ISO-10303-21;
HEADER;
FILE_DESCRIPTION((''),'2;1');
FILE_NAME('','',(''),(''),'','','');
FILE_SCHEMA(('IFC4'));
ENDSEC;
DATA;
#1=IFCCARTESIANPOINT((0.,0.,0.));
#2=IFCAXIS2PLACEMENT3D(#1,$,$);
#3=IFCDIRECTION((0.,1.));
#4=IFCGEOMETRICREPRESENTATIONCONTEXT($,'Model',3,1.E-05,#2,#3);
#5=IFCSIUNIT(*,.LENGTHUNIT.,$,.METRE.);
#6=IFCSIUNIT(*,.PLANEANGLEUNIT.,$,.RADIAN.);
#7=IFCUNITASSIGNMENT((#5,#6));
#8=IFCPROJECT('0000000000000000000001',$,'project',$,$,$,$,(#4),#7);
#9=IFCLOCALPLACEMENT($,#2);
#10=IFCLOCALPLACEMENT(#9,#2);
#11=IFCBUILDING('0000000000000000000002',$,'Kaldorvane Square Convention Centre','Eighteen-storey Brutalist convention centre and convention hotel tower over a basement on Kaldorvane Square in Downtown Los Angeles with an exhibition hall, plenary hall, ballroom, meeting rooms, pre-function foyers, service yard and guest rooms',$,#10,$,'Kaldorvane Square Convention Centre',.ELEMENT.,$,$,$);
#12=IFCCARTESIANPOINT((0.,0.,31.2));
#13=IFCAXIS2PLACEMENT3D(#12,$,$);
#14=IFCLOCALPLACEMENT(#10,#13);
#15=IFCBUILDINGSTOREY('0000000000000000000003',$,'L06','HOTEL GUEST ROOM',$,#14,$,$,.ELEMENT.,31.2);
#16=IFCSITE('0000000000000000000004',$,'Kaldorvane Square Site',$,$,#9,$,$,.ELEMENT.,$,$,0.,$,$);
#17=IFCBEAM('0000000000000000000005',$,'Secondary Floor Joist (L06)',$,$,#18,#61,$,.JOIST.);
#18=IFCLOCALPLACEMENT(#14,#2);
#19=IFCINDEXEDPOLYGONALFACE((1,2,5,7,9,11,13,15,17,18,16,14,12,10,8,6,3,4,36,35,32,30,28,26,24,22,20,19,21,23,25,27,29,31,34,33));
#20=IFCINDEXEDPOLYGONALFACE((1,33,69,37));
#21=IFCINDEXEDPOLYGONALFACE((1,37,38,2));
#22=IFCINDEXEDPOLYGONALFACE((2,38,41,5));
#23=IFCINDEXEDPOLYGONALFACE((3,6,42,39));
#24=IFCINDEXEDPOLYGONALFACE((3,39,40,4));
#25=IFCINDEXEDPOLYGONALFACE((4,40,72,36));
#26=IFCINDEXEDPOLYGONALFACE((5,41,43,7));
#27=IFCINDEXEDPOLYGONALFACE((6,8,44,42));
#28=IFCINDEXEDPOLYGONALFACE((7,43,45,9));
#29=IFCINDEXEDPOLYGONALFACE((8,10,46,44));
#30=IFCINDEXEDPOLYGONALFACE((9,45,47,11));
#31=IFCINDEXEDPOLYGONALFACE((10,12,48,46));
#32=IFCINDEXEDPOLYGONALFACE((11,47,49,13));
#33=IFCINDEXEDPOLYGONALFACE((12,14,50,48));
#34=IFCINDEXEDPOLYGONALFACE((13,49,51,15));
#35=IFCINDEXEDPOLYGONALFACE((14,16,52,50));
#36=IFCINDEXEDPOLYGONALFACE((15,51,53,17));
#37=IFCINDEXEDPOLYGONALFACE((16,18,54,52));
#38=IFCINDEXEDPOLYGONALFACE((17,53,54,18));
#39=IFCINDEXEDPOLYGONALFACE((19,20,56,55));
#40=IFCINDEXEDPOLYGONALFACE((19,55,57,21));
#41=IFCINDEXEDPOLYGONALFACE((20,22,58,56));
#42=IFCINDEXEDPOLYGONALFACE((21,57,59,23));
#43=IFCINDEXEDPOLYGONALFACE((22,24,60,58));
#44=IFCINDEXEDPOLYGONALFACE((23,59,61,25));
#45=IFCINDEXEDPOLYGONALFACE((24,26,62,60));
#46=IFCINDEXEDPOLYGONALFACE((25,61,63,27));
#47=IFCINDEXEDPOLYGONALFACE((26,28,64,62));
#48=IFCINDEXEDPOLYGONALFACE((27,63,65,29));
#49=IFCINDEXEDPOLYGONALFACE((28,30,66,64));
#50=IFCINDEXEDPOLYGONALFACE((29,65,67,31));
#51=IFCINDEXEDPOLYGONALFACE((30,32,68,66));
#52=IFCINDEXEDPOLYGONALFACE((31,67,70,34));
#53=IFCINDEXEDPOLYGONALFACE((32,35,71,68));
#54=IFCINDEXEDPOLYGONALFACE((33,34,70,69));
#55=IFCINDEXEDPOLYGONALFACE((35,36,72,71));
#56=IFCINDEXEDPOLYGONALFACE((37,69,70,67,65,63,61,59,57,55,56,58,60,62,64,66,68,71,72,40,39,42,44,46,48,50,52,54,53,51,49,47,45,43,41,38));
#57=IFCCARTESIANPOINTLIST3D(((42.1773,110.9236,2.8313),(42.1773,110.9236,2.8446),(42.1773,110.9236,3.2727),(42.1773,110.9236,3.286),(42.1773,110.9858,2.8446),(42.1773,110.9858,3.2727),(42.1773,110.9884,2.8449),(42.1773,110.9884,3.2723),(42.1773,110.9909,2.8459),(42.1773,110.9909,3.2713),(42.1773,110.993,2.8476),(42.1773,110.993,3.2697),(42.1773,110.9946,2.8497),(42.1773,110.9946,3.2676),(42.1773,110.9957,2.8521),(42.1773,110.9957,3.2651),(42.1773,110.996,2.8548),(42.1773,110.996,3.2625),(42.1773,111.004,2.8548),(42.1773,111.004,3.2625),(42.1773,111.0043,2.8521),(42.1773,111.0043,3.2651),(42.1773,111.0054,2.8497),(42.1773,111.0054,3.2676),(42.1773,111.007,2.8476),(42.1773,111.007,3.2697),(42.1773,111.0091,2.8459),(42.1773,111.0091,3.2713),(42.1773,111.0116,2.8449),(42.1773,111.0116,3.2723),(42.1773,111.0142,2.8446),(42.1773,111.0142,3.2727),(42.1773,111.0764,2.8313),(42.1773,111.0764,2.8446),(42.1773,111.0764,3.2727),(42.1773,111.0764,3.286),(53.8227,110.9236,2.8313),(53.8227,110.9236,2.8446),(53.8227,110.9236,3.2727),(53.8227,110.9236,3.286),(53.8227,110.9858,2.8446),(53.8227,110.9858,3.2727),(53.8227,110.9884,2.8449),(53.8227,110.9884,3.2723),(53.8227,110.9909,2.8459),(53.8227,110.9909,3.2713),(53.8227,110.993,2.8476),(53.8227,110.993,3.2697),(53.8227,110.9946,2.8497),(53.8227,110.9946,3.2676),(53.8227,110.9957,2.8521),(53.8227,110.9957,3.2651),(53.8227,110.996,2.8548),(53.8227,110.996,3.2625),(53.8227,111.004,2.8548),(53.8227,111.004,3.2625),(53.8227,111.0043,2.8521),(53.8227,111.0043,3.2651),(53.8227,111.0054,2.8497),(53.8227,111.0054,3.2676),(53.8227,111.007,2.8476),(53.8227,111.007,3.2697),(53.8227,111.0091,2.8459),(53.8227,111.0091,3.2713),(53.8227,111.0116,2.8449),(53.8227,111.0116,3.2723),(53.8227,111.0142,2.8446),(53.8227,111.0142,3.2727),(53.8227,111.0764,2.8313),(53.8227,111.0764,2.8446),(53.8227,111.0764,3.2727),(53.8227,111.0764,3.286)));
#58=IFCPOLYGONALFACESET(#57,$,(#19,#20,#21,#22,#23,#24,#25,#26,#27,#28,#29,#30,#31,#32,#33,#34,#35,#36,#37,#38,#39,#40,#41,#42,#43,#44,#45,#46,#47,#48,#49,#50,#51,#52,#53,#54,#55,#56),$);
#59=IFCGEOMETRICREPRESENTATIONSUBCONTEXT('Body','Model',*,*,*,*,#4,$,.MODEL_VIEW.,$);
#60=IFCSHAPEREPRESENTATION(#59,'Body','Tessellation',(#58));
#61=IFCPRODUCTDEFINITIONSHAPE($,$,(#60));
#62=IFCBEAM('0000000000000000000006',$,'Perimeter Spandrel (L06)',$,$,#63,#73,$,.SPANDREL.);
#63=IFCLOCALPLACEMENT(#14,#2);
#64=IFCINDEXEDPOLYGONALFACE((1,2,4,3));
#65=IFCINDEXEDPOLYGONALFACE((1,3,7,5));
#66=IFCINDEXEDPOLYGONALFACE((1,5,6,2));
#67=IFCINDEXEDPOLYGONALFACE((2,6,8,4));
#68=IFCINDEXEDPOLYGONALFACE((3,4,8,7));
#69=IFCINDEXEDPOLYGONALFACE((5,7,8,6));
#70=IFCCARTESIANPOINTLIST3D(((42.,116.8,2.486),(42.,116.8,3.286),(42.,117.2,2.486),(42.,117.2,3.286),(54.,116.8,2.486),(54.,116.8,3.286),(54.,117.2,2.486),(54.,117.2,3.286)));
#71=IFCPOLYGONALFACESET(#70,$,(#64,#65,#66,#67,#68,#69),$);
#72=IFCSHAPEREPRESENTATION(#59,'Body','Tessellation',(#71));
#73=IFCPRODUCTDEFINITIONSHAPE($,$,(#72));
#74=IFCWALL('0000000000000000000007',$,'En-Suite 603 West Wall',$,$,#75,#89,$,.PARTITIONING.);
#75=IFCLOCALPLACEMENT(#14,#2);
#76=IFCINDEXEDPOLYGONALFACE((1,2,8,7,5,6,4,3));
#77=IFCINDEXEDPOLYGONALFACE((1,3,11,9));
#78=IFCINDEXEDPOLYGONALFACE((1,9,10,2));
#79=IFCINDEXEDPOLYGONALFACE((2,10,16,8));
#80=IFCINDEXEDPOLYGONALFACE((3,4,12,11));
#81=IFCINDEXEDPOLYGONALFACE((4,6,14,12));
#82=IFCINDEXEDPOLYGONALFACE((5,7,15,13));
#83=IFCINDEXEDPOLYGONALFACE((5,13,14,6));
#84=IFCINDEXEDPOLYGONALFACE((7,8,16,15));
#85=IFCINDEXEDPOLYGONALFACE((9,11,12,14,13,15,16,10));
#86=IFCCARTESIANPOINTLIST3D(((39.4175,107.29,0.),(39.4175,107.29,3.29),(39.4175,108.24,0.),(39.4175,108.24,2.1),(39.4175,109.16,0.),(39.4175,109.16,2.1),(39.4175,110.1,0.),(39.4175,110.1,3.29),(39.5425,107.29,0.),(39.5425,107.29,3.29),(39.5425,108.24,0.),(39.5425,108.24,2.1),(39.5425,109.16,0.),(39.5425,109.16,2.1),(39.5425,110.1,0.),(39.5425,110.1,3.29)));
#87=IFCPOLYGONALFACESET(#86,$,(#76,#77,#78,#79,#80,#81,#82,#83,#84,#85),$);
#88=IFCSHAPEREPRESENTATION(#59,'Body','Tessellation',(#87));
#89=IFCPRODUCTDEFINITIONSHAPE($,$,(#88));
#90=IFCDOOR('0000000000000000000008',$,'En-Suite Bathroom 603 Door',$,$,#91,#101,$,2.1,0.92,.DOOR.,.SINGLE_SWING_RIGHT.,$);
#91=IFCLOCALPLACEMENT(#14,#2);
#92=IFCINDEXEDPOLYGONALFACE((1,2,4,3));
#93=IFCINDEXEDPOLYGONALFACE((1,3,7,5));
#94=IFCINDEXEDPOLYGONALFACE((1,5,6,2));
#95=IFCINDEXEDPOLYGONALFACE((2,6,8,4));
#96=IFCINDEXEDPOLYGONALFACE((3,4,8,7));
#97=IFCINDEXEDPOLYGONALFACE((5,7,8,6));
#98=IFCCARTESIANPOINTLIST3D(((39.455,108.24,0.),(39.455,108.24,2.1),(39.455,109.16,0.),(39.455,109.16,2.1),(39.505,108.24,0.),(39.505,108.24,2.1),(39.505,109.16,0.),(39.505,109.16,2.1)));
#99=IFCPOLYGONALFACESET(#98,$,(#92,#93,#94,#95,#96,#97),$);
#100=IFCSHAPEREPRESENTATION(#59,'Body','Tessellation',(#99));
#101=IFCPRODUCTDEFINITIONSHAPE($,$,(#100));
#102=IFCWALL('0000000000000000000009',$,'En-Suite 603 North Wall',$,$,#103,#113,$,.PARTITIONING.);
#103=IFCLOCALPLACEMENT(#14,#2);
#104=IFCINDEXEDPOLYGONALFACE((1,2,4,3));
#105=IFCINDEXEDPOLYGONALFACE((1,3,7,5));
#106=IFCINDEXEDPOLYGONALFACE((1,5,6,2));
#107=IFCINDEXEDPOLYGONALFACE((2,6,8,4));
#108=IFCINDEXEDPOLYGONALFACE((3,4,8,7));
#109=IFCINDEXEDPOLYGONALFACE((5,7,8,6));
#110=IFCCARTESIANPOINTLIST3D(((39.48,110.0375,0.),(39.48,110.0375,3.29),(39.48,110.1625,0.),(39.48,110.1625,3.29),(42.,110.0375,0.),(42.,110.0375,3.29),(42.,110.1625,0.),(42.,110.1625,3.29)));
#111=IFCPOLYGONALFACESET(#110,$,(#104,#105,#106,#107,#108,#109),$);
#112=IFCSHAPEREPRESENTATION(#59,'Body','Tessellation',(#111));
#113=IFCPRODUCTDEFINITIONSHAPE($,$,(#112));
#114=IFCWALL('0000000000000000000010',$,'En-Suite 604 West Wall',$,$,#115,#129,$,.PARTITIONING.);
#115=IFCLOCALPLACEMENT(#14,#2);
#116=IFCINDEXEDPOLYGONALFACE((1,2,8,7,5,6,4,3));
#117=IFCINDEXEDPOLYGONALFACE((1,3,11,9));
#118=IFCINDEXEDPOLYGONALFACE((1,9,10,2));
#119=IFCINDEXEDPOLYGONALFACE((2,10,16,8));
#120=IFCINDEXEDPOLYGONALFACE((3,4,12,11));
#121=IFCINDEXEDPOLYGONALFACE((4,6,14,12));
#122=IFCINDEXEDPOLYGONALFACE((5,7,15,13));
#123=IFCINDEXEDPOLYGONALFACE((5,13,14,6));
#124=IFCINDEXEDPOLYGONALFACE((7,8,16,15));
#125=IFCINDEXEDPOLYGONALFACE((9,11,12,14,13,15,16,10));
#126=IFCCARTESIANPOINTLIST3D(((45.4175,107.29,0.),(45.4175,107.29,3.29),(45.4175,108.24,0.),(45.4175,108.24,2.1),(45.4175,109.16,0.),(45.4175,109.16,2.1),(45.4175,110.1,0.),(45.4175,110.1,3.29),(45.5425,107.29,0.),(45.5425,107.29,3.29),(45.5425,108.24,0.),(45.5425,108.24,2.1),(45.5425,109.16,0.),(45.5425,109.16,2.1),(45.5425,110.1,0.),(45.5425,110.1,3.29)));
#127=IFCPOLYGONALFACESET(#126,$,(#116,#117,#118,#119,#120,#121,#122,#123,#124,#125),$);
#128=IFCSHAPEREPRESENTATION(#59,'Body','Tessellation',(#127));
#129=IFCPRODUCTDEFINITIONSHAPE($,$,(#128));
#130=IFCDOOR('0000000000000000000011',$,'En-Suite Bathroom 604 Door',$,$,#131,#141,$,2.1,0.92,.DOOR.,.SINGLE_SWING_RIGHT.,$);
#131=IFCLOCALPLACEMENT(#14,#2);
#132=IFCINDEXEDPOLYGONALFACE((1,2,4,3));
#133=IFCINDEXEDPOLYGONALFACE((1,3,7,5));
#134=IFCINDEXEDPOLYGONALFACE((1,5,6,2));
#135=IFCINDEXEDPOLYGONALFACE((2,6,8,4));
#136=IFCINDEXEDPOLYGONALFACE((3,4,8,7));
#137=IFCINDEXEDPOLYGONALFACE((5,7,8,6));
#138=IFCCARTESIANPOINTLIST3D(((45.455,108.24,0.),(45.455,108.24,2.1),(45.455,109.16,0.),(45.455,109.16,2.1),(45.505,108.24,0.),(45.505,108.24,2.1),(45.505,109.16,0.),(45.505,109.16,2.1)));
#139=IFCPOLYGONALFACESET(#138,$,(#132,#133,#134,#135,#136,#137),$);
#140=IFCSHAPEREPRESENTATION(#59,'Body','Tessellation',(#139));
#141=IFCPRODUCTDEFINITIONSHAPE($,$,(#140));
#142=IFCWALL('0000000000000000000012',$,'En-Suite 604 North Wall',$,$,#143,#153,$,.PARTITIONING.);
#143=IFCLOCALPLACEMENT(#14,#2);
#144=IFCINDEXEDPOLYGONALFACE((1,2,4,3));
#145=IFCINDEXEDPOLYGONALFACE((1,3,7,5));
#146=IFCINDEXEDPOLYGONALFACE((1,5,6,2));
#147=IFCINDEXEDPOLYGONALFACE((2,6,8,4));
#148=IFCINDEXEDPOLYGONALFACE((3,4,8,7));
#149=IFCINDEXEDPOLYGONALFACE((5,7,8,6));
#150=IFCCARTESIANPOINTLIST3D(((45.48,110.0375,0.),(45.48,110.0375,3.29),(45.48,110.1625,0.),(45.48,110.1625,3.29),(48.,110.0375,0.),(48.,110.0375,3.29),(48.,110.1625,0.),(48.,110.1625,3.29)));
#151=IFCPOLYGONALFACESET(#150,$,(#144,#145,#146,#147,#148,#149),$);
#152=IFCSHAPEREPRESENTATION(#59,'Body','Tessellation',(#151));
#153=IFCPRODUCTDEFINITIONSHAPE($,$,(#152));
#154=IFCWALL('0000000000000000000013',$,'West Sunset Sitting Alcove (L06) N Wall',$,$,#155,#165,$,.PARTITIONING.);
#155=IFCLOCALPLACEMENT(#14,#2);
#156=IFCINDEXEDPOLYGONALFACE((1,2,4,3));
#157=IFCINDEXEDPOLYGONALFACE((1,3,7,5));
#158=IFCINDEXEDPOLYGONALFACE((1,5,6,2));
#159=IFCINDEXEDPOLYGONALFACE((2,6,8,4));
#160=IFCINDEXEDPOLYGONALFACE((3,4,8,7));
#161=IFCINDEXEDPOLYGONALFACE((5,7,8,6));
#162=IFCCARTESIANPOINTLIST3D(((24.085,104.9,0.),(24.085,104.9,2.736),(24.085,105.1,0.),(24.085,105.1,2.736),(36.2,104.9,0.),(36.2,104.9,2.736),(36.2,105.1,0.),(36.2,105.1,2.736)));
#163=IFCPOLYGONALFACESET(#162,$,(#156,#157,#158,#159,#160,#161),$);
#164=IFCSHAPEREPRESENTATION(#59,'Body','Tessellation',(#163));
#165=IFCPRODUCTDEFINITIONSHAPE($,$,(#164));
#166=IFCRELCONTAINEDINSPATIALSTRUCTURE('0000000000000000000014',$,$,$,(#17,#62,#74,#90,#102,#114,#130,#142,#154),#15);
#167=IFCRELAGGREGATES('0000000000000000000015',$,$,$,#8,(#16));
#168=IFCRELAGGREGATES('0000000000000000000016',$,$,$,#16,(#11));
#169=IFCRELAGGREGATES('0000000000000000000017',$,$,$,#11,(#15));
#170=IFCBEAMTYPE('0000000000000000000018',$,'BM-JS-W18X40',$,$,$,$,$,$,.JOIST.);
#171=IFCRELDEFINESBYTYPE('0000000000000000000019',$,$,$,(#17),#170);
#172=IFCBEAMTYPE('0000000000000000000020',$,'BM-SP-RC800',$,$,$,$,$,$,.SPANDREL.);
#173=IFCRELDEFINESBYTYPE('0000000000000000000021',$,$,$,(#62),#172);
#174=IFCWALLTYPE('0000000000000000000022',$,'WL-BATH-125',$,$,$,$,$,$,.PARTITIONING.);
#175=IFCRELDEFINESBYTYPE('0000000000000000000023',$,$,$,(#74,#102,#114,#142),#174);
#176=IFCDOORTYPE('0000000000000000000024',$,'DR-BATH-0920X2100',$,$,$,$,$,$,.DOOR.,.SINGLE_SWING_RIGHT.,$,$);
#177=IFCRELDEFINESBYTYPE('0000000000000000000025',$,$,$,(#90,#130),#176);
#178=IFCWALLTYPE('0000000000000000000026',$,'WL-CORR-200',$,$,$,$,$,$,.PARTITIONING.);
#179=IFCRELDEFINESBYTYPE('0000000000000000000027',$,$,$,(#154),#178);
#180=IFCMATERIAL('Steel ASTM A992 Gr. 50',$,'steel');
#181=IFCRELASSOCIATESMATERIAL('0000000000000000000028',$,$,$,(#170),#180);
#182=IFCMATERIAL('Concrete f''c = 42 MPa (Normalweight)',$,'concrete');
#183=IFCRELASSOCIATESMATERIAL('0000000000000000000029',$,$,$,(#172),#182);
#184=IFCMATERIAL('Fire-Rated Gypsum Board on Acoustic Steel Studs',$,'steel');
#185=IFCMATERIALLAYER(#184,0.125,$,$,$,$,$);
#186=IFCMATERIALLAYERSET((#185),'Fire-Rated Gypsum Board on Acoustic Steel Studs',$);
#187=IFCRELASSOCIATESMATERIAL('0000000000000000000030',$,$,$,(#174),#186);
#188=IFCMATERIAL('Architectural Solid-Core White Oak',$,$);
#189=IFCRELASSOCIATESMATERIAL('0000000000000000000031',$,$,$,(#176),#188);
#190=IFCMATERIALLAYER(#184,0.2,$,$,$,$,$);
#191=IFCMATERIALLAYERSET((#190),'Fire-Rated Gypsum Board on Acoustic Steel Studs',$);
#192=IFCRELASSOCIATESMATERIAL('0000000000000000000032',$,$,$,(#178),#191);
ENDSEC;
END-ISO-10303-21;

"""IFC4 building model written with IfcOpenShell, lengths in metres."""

from ifc_helpers import new_model, si_unit, direction, frame, frame_2d, origin, origin_2d, place, context, subcontext, project, spatial, rectangle, i_section, extrude, material, layer, layer_set, material_profile, profile_set, type_object, element, fill, save


model = new_model("IFC4")

# Units and contexts
model_context = context("Model", 3, precision=1e-05, world=origin(), true_north=direction((0.0, 1.0)))
body_context = subcontext(model_context, "Body", "Model", "MODEL_VIEW")
ifc_project = project(units=[si_unit("LENGTHUNIT", "METRE"), si_unit("PLANEANGLEUNIT", "RADIAN")], contexts=[model_context])

# Site, building, storey
site_placement = place(None, origin())
site = spatial("IfcSite", under=ifc_project, at=site_placement, Name="Kaldorvane Square Site", CompositionType="ELEMENT", RefElevation=0.0)
building_placement = place(site_placement, origin())
building = spatial("IfcBuilding", under=site, at=building_placement, Name="Kaldorvane Square Convention Centre", Description="Eighteen-storey Brutalist convention centre and convention hotel tower over a basement on Kaldorvane Square in Downtown Los Angeles with an exhibition hall, plenary hall, ballroom, meeting rooms, pre-function foyers, service yard and guest rooms", LongName="Kaldorvane Square Convention Centre", CompositionType="ELEMENT")
storey_placement = place(building_placement, frame((0.0, 0.0, 31.2)))
storey = spatial("IfcBuildingStorey", under=building, at=storey_placement, Name="L06", Description="HOTEL GUEST ROOM", CompositionType="ELEMENT", Elevation=31.2)

# Shared definitions
ifc_material_1 = material(Name="Steel ASTM A992 Gr. 50", Category="steel")

# Beams
ifc_material_profile_1 = material_profile(ifc_material_1, i_section(OverallWidth=0.1528, OverallDepth=0.4547, WebThickness=0.008, FlangeThickness=0.0133, FilletRadius=0.0102, at=origin_2d()), Name="W18X40")
ifc_profile_set_1 = profile_set([ifc_material_profile_1], Name="Steel ASTM A992 Gr. 50")
beam_type_1 = type_object("IfcBeamType", Name="BM-JS-W18X40", PredefinedType="JOIST", material=ifc_profile_set_1)
beam_1_placement = place(storey_placement, frame((42.1773, 111.0, 3.0586), z_axis=(1.0, 0.0, 0.0), x_axis=(0.0, 1.0, 0.0)))
element("IfcBeam", 1, at=beam_1_placement, inside=storey, type_object=beam_type_1, Name="Secondary Floor Joist (L06)", PredefinedType="JOIST", context=body_context, shape_type="SweptSolid", body=[
    extrude(i_section(OverallWidth=0.1528, OverallDepth=0.4547, WebThickness=0.008, FlangeThickness=0.0133, FilletRadius=0.0102, at=origin_2d()), origin(), (0.0, 0.0, 1.0), 11.6454),
])
ifc_material_2 = material(Name="Concrete f'c = 42 MPa (Normalweight)", Category="concrete")
ifc_material_profile_2 = material_profile(ifc_material_2, rectangle(XDim=0.4, YDim=0.8, at=origin_2d()), Name="RCSP800X400")
ifc_profile_set_2 = profile_set([ifc_material_profile_2], Name="Concrete f'c = 42 MPa (Normalweight)")
beam_type_2 = type_object("IfcBeamType", Name="BM-SP-RC800", PredefinedType="SPANDREL", material=ifc_profile_set_2)
beam_2_placement = place(storey_placement, frame((42.0, 117.0, 2.886), z_axis=(1.0, 0.0, 0.0), x_axis=(0.0, 1.0, 0.0)))
element("IfcBeam", 2, at=beam_2_placement, inside=storey, type_object=beam_type_2, Name="Perimeter Spandrel (L06)", PredefinedType="SPANDREL", context=body_context, shape_type="SweptSolid", body=[
    extrude(rectangle(XDim=0.4, YDim=0.8, at=origin_2d()), origin(), (0.0, 0.0, 1.0), 12.0),
])

# Wall, opening, door
ifc_material_3 = material(Name="Fire-Rated Gypsum Board on Acoustic Steel Studs", Category="steel")
ifc_layer_1 = layer(ifc_material_3, 0.125)
ifc_layer_set_1 = layer_set([ifc_layer_1], Name="Fire-Rated Gypsum Board on Acoustic Steel Studs")
wall_type_1 = type_object("IfcWallType", Name="WL-BATH-125", PredefinedType="PARTITIONING", material=ifc_layer_set_1)
wall_1_placement = place(storey_placement, frame((39.48, 107.29, 0.0), z_axis=(0.0, 0.0, 1.0), x_axis=(0.0, 1.0, 0.0)))
wall_1 = element("IfcWall", 3, at=wall_1_placement, inside=storey, type_object=wall_type_1, Name="En-Suite 603 West Wall", PredefinedType="PARTITIONING", context=body_context, shape_type="SweptSolid", body=[
    extrude(rectangle(XDim=2.81, YDim=0.125, at=frame_2d((1.405, 0.0))), origin(), (0.0, 0.0, 1.0), 3.29),
])
opening_1_placement = place(wall_1_placement, frame((0.95, 0.0, 0.0)))
opening_1 = element("IfcOpeningElement", 4, at=opening_1_placement, cuts=wall_1, PredefinedType="OPENING", context=body_context, shape_type="SweptSolid", body=[
    extrude(rectangle(XDim=0.92, YDim=2.1, at=frame_2d((0.46, 1.05))), frame((0.0, 0.0775, 0.0), z_axis=(0.0, -1.0, 0.0), x_axis=(1.0, 0.0, 0.0)), (0.0, 0.0, 1.0), 0.155),
])
ifc_material_4 = material(Name="Architectural Solid-Core White Oak")
door_type_1 = type_object("IfcDoorType", Name="DR-BATH-0920X2100", OperationType="SINGLE_SWING_RIGHT", PredefinedType="DOOR", material=ifc_material_4)
door_1_placement = place(opening_1_placement, origin())
door_1 = element("IfcDoor", 5, at=door_1_placement, inside=storey, type_object=door_type_1, Name="En-Suite Bathroom 603 Door", OperationType="SINGLE_SWING_RIGHT", OverallHeight=2.1, OverallWidth=0.92, PredefinedType="DOOR", context=body_context, shape_type="SweptSolid", body=[
    extrude(rectangle(XDim=0.92, YDim=2.1, at=frame_2d((0.46, 1.05))), frame((0.0, 0.025, 0.0), z_axis=(0.0, -1.0, 0.0), x_axis=(1.0, 0.0, 0.0)), (0.0, 0.0, 1.0), 0.05),
])
fill(opening_1, door_1)

# Wall
wall_2_placement = place(storey_placement, frame((39.48, 110.1, 0.0), z_axis=(0.0, 0.0, 1.0), x_axis=(1.0, 0.0, 0.0)))
element("IfcWall", 6, at=wall_2_placement, inside=storey, type_object=wall_type_1, Name="En-Suite 603 North Wall", PredefinedType="PARTITIONING", context=body_context, shape_type="SweptSolid", body=[
    extrude(rectangle(XDim=2.52, YDim=0.125, at=frame_2d((1.26, 0.0))), origin(), (0.0, 0.0, 1.0), 3.29),
])

# Wall, opening, door
wall_3_placement = place(storey_placement, frame((45.48, 107.29, 0.0), z_axis=(0.0, 0.0, 1.0), x_axis=(0.0, 1.0, 0.0)))
wall_3 = element("IfcWall", 7, at=wall_3_placement, inside=storey, type_object=wall_type_1, Name="En-Suite 604 West Wall", PredefinedType="PARTITIONING", context=body_context, shape_type="SweptSolid", body=[
    extrude(rectangle(XDim=2.81, YDim=0.125, at=frame_2d((1.405, 0.0))), origin(), (0.0, 0.0, 1.0), 3.29),
])
opening_2_placement = place(wall_3_placement, frame((0.95, 0.0, 0.0)))
opening_2 = element("IfcOpeningElement", 8, at=opening_2_placement, cuts=wall_3, PredefinedType="OPENING", context=body_context, shape_type="SweptSolid", body=[
    extrude(rectangle(XDim=0.92, YDim=2.1, at=frame_2d((0.46, 1.05))), frame((0.0, 0.0775, 0.0), z_axis=(0.0, -1.0, 0.0), x_axis=(1.0, 0.0, 0.0)), (0.0, 0.0, 1.0), 0.155),
])
door_2_placement = place(opening_2_placement, origin())
door_2 = element("IfcDoor", 9, at=door_2_placement, inside=storey, type_object=door_type_1, Name="En-Suite Bathroom 604 Door", OperationType="SINGLE_SWING_RIGHT", OverallHeight=2.1, OverallWidth=0.92, PredefinedType="DOOR", context=body_context, shape_type="SweptSolid", body=[
    extrude(rectangle(XDim=0.92, YDim=2.1, at=frame_2d((0.46, 1.05))), frame((0.0, 0.025, 0.0), z_axis=(0.0, -1.0, 0.0), x_axis=(1.0, 0.0, 0.0)), (0.0, 0.0, 1.0), 0.05),
])
fill(opening_2, door_2)

# Walls
wall_4_placement = place(storey_placement, frame((45.48, 110.1, 0.0), z_axis=(0.0, 0.0, 1.0), x_axis=(1.0, 0.0, 0.0)))
element("IfcWall", 10, at=wall_4_placement, inside=storey, type_object=wall_type_1, Name="En-Suite 604 North Wall", PredefinedType="PARTITIONING", context=body_context, shape_type="SweptSolid", body=[
    extrude(rectangle(XDim=2.52, YDim=0.125, at=frame_2d((1.26, 0.0))), origin(), (0.0, 0.0, 1.0), 3.29),
])
ifc_layer_2 = layer(ifc_material_3, 0.2)
ifc_layer_set_2 = layer_set([ifc_layer_2], Name="Fire-Rated Gypsum Board on Acoustic Steel Studs")
wall_type_2 = type_object("IfcWallType", Name="WL-CORR-200", PredefinedType="PARTITIONING", material=ifc_layer_set_2)
wall_5_placement = place(storey_placement, frame((36.2, 105.0, 0.0), z_axis=(0.0, 0.0, 1.0), x_axis=(-1.0, 0.0, 0.0)))
element("IfcWall", 11, at=wall_5_placement, inside=storey, type_object=wall_type_2, Name="West Sunset Sitting Alcove (L06) N Wall", PredefinedType="PARTITIONING", context=body_context, shape_type="SweptSolid", body=[
    extrude(rectangle(XDim=12.115, YDim=0.2, at=frame_2d((6.0575, 0.0))), origin(), (0.0, 0.0, 1.0), 2.736),
])

save(model, "model.ifc")
